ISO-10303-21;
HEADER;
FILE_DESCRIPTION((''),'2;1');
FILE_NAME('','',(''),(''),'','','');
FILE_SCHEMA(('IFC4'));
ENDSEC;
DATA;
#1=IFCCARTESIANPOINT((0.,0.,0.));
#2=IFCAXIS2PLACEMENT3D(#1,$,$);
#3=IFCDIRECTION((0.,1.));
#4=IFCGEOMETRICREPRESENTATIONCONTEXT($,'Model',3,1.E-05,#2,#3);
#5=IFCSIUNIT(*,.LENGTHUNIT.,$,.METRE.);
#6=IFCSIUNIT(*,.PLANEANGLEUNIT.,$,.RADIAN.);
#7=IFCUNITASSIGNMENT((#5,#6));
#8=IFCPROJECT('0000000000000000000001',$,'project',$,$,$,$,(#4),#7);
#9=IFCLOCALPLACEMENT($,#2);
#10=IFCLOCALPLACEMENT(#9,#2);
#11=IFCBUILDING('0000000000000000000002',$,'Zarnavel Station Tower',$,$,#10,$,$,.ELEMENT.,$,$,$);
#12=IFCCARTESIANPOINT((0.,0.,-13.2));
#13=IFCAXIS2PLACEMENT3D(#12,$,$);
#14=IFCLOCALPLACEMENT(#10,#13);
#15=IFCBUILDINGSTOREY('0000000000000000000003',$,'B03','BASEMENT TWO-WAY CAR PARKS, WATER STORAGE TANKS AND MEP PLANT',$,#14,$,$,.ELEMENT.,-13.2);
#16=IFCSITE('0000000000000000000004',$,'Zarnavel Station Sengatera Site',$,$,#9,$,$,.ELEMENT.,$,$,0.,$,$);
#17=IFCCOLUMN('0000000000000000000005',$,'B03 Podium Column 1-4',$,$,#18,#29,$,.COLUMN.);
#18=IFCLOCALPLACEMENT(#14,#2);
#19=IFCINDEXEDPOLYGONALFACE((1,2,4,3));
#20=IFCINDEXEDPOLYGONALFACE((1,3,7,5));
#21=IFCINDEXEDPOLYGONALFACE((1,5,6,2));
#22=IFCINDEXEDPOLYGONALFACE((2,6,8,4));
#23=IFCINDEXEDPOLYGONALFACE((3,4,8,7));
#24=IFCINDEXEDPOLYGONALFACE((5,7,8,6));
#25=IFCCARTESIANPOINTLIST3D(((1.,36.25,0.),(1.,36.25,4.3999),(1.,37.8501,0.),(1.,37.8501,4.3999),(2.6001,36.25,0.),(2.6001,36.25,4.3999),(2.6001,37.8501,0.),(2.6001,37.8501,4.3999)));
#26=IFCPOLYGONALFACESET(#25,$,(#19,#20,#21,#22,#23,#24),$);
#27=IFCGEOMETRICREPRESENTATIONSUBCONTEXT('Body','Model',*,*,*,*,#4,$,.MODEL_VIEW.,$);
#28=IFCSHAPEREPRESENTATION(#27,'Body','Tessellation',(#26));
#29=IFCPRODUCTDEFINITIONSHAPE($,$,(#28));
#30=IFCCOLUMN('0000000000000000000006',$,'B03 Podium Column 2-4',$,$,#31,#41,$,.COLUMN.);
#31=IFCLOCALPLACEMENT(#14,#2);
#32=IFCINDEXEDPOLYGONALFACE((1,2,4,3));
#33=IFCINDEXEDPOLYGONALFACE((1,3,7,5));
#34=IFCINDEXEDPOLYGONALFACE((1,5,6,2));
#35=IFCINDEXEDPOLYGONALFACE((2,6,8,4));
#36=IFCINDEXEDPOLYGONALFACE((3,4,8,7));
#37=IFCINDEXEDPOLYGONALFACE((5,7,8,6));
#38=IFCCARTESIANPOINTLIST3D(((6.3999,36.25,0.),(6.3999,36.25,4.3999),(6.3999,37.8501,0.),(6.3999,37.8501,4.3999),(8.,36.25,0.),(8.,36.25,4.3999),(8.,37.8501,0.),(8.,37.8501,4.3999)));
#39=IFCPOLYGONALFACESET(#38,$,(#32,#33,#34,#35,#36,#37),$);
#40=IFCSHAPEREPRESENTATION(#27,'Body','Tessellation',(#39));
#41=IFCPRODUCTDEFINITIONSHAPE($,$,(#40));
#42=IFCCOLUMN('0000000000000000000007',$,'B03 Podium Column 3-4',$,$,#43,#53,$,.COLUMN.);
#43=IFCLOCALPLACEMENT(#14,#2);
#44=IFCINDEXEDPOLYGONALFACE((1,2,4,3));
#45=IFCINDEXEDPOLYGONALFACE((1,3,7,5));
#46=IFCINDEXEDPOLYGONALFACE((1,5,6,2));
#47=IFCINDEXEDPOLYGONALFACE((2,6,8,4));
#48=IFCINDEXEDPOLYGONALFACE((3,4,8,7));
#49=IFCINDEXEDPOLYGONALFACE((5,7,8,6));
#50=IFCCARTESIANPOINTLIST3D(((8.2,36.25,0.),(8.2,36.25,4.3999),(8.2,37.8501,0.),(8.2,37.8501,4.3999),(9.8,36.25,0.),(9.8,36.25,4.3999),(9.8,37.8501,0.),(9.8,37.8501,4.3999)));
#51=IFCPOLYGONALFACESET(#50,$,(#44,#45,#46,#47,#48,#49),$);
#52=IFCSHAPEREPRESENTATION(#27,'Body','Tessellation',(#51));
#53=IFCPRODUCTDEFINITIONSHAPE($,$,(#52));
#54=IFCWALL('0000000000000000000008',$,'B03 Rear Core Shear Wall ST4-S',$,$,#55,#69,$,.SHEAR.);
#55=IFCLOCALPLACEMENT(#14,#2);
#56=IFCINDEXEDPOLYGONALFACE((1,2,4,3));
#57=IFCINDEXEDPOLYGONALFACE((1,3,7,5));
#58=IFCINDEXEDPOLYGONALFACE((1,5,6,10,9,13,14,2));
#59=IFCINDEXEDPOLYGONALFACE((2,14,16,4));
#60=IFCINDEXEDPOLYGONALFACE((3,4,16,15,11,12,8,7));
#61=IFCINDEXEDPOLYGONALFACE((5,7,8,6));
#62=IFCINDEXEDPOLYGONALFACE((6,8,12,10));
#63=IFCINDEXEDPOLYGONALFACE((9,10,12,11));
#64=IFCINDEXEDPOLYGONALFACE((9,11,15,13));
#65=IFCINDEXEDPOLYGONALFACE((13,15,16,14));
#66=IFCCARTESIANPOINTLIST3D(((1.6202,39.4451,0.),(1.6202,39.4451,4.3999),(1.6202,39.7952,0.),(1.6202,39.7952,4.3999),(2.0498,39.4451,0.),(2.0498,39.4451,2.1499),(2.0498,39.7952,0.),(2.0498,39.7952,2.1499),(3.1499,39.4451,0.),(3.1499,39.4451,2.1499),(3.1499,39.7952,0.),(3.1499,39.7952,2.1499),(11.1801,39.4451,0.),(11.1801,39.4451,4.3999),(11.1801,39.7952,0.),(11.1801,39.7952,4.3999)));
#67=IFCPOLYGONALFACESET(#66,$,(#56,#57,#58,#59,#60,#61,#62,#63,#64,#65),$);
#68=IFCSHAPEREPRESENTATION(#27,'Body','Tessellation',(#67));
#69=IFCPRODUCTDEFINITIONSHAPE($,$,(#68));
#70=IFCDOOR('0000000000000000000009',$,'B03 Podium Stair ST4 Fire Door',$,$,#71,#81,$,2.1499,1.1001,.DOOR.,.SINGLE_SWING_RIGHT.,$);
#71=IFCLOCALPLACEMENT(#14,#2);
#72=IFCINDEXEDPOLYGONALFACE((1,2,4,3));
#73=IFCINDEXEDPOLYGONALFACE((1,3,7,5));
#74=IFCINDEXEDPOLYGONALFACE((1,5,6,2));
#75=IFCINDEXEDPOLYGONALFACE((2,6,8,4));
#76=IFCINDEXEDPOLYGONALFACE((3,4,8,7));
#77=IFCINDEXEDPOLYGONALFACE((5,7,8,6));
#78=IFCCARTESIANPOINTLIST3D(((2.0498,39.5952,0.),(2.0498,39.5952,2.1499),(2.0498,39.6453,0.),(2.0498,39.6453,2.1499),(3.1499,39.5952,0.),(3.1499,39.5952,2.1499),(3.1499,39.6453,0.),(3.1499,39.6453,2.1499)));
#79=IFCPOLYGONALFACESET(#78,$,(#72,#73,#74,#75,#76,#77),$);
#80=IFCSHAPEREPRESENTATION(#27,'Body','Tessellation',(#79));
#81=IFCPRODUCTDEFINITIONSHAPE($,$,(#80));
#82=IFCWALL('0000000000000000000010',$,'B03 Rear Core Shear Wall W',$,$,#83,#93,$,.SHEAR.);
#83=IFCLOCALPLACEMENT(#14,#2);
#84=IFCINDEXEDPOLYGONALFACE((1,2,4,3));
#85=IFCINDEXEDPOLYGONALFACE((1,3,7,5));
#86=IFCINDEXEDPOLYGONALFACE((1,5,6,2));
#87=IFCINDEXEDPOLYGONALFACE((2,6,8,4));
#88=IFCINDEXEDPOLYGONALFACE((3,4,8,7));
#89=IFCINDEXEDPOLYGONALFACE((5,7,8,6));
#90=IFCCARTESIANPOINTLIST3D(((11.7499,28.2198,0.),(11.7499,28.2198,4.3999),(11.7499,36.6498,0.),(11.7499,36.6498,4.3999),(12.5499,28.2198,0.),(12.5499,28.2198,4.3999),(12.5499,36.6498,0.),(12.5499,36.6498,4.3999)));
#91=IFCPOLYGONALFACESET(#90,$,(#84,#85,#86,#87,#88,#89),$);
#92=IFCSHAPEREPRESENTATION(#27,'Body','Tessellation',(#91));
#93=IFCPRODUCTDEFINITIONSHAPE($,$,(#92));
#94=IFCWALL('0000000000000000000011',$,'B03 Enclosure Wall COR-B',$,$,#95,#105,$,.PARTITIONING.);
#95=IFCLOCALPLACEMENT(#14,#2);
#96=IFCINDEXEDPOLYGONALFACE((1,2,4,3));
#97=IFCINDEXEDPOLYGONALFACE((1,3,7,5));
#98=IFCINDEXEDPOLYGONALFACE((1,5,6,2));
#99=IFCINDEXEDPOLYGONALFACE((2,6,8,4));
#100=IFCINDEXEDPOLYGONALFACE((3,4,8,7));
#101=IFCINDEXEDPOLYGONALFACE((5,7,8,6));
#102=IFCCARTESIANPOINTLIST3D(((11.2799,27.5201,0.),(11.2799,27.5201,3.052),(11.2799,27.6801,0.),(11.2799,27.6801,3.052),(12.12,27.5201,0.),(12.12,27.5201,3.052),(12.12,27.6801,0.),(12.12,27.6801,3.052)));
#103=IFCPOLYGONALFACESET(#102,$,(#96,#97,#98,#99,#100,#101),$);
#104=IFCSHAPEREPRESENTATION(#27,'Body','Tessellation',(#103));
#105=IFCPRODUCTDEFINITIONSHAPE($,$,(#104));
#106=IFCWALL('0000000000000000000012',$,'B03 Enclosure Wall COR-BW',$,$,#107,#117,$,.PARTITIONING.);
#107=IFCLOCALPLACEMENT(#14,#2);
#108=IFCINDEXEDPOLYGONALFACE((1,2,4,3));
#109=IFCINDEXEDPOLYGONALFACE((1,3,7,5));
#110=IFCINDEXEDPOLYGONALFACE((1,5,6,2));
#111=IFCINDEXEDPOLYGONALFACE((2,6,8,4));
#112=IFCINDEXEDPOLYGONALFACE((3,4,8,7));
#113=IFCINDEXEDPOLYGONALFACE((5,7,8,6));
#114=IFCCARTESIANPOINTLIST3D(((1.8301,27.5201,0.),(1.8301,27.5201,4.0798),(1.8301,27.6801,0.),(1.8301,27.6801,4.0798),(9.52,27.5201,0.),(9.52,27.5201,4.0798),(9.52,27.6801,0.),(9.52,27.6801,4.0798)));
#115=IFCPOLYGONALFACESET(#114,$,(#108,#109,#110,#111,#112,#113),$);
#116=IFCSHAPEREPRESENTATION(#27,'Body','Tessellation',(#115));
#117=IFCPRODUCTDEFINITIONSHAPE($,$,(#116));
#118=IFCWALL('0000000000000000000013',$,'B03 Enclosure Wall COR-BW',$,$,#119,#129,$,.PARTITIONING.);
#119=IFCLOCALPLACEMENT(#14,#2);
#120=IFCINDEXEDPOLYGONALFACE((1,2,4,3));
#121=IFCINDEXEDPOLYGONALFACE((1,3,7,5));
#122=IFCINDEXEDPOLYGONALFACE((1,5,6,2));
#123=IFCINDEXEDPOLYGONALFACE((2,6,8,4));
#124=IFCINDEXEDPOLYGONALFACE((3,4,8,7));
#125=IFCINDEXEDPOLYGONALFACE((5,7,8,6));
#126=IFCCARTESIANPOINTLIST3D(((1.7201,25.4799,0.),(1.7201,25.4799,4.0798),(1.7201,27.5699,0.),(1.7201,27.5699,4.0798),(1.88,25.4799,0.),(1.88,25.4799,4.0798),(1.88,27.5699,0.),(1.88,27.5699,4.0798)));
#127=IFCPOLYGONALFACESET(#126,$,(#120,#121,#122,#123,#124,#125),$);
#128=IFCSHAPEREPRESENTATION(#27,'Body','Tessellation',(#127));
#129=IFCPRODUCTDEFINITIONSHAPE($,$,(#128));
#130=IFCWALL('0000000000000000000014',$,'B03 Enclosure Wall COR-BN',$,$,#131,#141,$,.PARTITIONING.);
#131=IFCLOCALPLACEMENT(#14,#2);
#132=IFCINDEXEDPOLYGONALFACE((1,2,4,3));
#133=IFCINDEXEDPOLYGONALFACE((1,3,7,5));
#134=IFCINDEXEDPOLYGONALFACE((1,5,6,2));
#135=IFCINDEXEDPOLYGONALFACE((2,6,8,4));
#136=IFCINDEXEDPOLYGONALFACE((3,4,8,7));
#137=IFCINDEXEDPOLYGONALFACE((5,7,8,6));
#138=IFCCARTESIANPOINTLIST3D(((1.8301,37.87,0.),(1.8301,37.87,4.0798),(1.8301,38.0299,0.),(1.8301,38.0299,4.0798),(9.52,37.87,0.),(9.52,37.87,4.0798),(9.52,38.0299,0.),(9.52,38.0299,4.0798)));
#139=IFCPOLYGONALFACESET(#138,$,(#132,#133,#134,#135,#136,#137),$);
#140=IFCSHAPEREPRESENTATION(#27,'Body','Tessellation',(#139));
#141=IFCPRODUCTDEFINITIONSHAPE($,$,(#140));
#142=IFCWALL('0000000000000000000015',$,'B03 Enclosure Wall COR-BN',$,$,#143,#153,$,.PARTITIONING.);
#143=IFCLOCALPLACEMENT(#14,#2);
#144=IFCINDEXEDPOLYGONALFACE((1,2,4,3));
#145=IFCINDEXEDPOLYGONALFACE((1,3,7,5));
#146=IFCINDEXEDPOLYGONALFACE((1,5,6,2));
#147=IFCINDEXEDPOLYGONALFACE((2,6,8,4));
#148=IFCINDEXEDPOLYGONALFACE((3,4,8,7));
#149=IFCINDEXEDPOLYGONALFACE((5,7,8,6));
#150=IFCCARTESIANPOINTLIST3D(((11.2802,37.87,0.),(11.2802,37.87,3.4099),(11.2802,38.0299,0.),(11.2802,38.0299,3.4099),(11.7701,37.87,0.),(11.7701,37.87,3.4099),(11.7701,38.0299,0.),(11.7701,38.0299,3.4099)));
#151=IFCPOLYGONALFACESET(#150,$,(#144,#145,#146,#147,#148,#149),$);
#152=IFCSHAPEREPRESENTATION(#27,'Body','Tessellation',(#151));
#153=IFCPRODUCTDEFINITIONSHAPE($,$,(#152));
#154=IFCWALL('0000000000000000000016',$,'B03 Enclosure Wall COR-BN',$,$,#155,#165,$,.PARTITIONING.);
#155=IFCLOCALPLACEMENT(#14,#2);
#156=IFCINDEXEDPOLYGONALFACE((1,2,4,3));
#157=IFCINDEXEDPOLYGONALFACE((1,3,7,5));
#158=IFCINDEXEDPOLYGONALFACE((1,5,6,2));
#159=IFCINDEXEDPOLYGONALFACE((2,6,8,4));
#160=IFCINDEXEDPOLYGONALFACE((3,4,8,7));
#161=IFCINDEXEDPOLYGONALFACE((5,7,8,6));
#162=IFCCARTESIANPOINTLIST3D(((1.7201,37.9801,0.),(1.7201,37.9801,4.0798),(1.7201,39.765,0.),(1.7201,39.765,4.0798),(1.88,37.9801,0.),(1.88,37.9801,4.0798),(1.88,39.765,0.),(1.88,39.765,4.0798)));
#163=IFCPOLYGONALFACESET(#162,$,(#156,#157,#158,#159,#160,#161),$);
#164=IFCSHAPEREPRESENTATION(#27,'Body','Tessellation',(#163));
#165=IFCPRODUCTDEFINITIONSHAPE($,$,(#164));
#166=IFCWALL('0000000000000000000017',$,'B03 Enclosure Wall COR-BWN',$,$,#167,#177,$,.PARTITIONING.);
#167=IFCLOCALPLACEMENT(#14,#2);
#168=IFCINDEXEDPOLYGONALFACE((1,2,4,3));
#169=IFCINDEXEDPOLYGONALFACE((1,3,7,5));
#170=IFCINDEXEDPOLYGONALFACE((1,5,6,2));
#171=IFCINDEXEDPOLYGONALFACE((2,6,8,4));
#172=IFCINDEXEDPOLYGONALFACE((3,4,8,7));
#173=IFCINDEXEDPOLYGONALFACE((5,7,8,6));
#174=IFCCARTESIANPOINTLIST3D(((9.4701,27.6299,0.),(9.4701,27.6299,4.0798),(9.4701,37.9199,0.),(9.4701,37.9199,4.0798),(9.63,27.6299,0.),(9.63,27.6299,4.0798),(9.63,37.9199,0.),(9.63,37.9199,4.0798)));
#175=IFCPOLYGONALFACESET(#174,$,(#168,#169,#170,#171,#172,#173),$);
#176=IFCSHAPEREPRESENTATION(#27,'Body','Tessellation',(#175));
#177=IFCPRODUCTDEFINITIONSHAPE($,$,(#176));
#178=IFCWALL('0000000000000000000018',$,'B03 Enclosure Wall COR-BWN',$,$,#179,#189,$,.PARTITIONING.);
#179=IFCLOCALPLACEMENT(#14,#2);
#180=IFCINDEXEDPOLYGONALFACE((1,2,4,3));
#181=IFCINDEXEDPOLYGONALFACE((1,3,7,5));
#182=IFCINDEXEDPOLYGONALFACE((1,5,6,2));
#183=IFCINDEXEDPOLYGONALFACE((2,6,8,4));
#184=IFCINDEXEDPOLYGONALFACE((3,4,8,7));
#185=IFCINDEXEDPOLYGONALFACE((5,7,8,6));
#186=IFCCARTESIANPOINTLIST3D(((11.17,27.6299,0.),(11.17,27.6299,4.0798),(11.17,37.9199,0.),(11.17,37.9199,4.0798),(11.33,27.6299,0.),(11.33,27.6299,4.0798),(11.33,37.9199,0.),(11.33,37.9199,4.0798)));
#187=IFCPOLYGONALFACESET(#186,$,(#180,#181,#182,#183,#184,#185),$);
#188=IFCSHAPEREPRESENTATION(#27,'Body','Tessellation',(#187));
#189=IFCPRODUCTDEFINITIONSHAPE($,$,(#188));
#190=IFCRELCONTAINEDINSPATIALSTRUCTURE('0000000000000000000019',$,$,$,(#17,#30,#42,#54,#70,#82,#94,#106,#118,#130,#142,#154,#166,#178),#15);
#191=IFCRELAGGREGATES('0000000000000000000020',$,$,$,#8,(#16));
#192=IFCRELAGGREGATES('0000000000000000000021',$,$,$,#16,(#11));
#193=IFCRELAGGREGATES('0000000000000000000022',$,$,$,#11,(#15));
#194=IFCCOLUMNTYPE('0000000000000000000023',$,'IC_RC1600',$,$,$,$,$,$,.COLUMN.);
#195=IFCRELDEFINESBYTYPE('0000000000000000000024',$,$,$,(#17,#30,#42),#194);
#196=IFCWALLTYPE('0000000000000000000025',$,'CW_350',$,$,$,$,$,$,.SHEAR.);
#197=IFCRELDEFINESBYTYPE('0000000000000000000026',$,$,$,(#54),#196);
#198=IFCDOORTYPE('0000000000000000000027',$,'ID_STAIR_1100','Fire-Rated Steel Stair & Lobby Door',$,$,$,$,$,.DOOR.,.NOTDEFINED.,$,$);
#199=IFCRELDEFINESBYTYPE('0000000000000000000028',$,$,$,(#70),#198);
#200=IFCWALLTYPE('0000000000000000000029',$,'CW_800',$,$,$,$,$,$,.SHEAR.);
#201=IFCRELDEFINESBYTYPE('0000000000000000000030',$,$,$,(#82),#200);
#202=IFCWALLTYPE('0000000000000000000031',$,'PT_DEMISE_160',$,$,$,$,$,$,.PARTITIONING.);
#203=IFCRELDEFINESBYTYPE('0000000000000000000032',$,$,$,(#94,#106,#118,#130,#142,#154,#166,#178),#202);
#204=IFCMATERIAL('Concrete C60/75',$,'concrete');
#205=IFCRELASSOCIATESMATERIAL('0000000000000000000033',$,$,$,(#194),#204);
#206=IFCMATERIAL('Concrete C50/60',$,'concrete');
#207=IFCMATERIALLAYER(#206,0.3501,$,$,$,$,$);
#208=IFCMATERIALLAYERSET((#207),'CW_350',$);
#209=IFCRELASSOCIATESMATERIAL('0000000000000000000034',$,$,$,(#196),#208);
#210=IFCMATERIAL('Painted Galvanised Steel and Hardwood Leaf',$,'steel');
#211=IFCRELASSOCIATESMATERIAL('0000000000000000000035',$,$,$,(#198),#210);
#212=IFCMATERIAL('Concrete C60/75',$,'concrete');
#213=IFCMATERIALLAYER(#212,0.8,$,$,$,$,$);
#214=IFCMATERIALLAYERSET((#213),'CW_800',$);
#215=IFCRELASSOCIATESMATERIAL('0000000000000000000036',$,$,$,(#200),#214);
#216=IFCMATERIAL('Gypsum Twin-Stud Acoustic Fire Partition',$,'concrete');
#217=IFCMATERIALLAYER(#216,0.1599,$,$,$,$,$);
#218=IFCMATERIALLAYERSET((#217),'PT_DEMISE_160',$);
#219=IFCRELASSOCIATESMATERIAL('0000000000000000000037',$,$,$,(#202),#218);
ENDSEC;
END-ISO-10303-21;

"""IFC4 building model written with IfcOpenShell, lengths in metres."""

from ifc_helpers import new_model, si_unit, direction, frame, frame_2d, origin, origin_2d, place, context, subcontext, project, spatial, rectangle, extrude, material, layer, layer_set, material_profile, profile_set, type_object, element, fill, save


model = new_model("IFC4")

# Units and contexts
model_context = context("Model", 3, precision=1e-05, world=origin(), true_north=direction((0.0, 1.0)))
body_context = subcontext(model_context, "Body", "Model", "MODEL_VIEW")
ifc_project = project(units=[si_unit("LENGTHUNIT", "METRE"), si_unit("PLANEANGLEUNIT", "RADIAN")], contexts=[model_context])

# Site, building, storey
site_placement = place(None, origin())
site = spatial("IfcSite", under=ifc_project, at=site_placement, Name="Zarnavel Station Sengatera Site", CompositionType="ELEMENT", RefElevation=0.0)
building_placement = place(site_placement, origin())
building = spatial("IfcBuilding", under=site, at=building_placement, Name="Zarnavel Station Tower", CompositionType="ELEMENT")
storey_placement = place(building_placement, frame((0.0, 0.0, -13.2)))
storey = spatial("IfcBuildingStorey", under=building, at=storey_placement, Name="B03", Description="BASEMENT TWO-WAY CAR PARKS, WATER STORAGE TANKS AND MEP PLANT", CompositionType="ELEMENT", Elevation=-13.2)

# Columns
ifc_material_1 = material(Name="Concrete C60/75", Category="concrete")
ifc_material_profile_1 = material_profile(ifc_material_1, rectangle(XDim=1.6001, YDim=1.6001, at=origin_2d()), Name="RC1600x1600")
ifc_profile_set_1 = profile_set([ifc_material_profile_1], Name="Concrete C60/75")
column_type = type_object("IfcColumnType", Name="IC_RC1600", PredefinedType="COLUMN", material=ifc_profile_set_1)
for number, where, z_axis, x_axis, name in (
    (1, (1.8, 37.05, 0.0), (0.0, 0.0, 1.0), (1.0, 0.0, 0.0), "B03 Podium Column 1-4"),
    (2, (7.2, 37.05, 0.0), (0.0, 0.0, 1.0), (1.0, 0.0, 0.0), "B03 Podium Column 2-4"),
    (3, (9.0, 37.05, 0.0), (0.0, 0.0, 1.0), (1.0, 0.0, 0.0), "B03 Podium Column 3-4"),
):
    element("IfcColumn", number, at=place(storey_placement, frame(where, z_axis=z_axis, x_axis=x_axis)), inside=storey, type_object=column_type, Name=name, PredefinedType="COLUMN", context=body_context, shape_type="SweptSolid", body=[
        extrude(rectangle(XDim=1.6001, YDim=1.6001, at=origin_2d()), origin(), (0.0, 0.0, 1.0), 4.3999),
    ])

# Wall, opening, door
ifc_material_2 = material(Name="Concrete C50/60", Category="concrete")
ifc_layer_1 = layer(ifc_material_2, 0.3501)
ifc_layer_set_1 = layer_set([ifc_layer_1], Name="CW_350")
wall_type_1 = type_object("IfcWallType", Name="CW_350", PredefinedType="SHEAR", material=ifc_layer_set_1)
wall_1_placement = place(storey_placement, frame((11.1799, 39.6201, 0.0), z_axis=(0.0, 0.0, 1.0), x_axis=(-1.0, 0.0, 0.0)))
wall_1 = element("IfcWall", 4, at=wall_1_placement, inside=storey, type_object=wall_type_1, Name="B03 Rear Core Shear Wall ST4-S", PredefinedType="SHEAR", context=body_context, shape_type="SweptSolid", body=[
    extrude(rectangle(XDim=9.5598, YDim=0.3501, at=frame_2d((4.7798, 0.0))), origin(), (0.0, 0.0, 1.0), 4.3999),
])
opening_1_placement = place(wall_1_placement, frame((8.03, 0.0, 0.0)))
opening_1 = element("IfcOpeningElement", 5, at=opening_1_placement, cuts=wall_1, PredefinedType="OPENING", context=body_context, shape_type="SweptSolid", body=[
    extrude(rectangle(XDim=1.1001, YDim=2.1499, at=frame_2d((0.55, 1.075))), frame((0.0, 0.1851, 0.0), z_axis=(0.0, -1.0, 0.0), x_axis=(1.0, 0.0, 0.0)), (0.0, 0.0, 1.0), 0.3701),
])
ifc_material_3 = material(Name="Painted Galvanised Steel and Hardwood Leaf", Category="steel")
door_type_1 = type_object("IfcDoorType", Name="ID_STAIR_1100", Description="Fire-Rated Steel Stair & Lobby Door", OperationType="NOTDEFINED", PredefinedType="DOOR", material=ifc_material_3)
door_1_placement = place(opening_1_placement, origin())
door_1 = element("IfcDoor", 6, at=door_1_placement, inside=storey, type_object=door_type_1, Name="B03 Podium Stair ST4 Fire Door", OperationType="SINGLE_SWING_RIGHT", OverallHeight=2.1499, OverallWidth=1.1001, PredefinedType="DOOR", context=body_context, shape_type="SweptSolid", body=[
    extrude(rectangle(XDim=1.1001, YDim=2.1499, at=frame_2d((0.55, 1.075))), frame((0.0, 0.0249, 0.0), z_axis=(0.0, -1.0, 0.0), x_axis=(1.0, 0.0, 0.0)), (0.0, 0.0, 1.0), 0.05),
])
fill(opening_1, door_1)

# Walls
ifc_material_4 = material(Name="Concrete C60/75", Category="concrete")
ifc_layer_2 = layer(ifc_material_4, 0.8)
ifc_layer_set_2 = layer_set([ifc_layer_2], Name="CW_800")
wall_type_2 = type_object("IfcWallType", Name="CW_800", PredefinedType="SHEAR", material=ifc_layer_set_2)
wall_2_placement = place(storey_placement, frame((12.1499, 28.22, 0.0), z_axis=(0.0, 0.0, 1.0), x_axis=(0.0, 1.0, 0.0)))
element("IfcWall", 7, at=wall_2_placement, inside=storey, type_object=wall_type_2, Name="B03 Rear Core Shear Wall W", PredefinedType="SHEAR", context=body_context, shape_type="SweptSolid", body=[
    extrude(rectangle(XDim=8.4299, YDim=0.8, at=frame_2d((4.2148, 0.0))), origin(), (0.0, 0.0, 1.0), 4.3999),
])
ifc_material_5 = material(Name="Gypsum Twin-Stud Acoustic Fire Partition", Category="concrete")
ifc_layer_3 = layer(ifc_material_5, 0.1599)
ifc_layer_set_3 = layer_set([ifc_layer_3], Name="PT_DEMISE_160")
wall_type_3 = type_object("IfcWallType", Name="PT_DEMISE_160", PredefinedType="PARTITIONING", material=ifc_layer_set_3)
wall_3_placement = place(storey_placement, frame((11.28, 27.6001, 0.0), z_axis=(0.0, 0.0, 1.0), x_axis=(1.0, 0.0, 0.0)))
element("IfcWall", 8, at=wall_3_placement, inside=storey, type_object=wall_type_3, Name="B03 Enclosure Wall COR-B", PredefinedType="PARTITIONING", context=body_context, shape_type="SweptSolid", body=[
    extrude(rectangle(XDim=0.8401, YDim=0.1599, at=frame_2d((0.4199, 0.0))), origin(), (0.0, 0.0, 1.0), 3.052),
])
wall_4_placement = place(storey_placement, frame((1.8301, 27.6001, 0.0), z_axis=(0.0, 0.0, 1.0), x_axis=(1.0, 0.0, 0.0)))
element("IfcWall", 9, at=wall_4_placement, inside=storey, type_object=wall_type_3, Name="B03 Enclosure Wall COR-BW", PredefinedType="PARTITIONING", context=body_context, shape_type="SweptSolid", body=[
    extrude(rectangle(XDim=7.6899, YDim=0.1599, at=frame_2d((3.845, 0.0))), origin(), (0.0, 0.0, 1.0), 4.0798),
])
wall_5_placement = place(storey_placement, frame((1.8, 25.48, 0.0), z_axis=(0.0, 0.0, 1.0), x_axis=(0.0, 1.0, 0.0)))
element("IfcWall", 10, at=wall_5_placement, inside=storey, type_object=wall_type_3, Name="B03 Enclosure Wall COR-BW", PredefinedType="PARTITIONING", context=body_context, shape_type="SweptSolid", body=[
    extrude(rectangle(XDim=2.0901, YDim=0.1599, at=frame_2d((1.0449, 0.0))), origin(), (0.0, 0.0, 1.0), 4.0798),
])
wall_6_placement = place(storey_placement, frame((1.8301, 37.95, 0.0), z_axis=(0.0, 0.0, 1.0), x_axis=(1.0, 0.0, 0.0)))
element("IfcWall", 11, at=wall_6_placement, inside=storey, type_object=wall_type_3, Name="B03 Enclosure Wall COR-BN", PredefinedType="PARTITIONING", context=body_context, shape_type="SweptSolid", body=[
    extrude(rectangle(XDim=7.6899, YDim=0.1599, at=frame_2d((3.845, 0.0))), origin(), (0.0, 0.0, 1.0), 4.0798),
])
wall_7_placement = place(storey_placement, frame((11.28, 37.95, 0.0), z_axis=(0.0, 0.0, 1.0), x_axis=(1.0, 0.0, 0.0)))
element("IfcWall", 12, at=wall_7_placement, inside=storey, type_object=wall_type_3, Name="B03 Enclosure Wall COR-BN", PredefinedType="PARTITIONING", context=body_context, shape_type="SweptSolid", body=[
    extrude(rectangle(XDim=0.49, YDim=0.1599, at=frame_2d((0.2451, 0.0))), origin(), (0.0, 0.0, 1.0), 3.4099),
])
wall_8_placement = place(storey_placement, frame((1.8, 37.98, 0.0), z_axis=(0.0, 0.0, 1.0), x_axis=(0.0, 1.0, 0.0)))
element("IfcWall", 13, at=wall_8_placement, inside=storey, type_object=wall_type_3, Name="B03 Enclosure Wall COR-BN", PredefinedType="PARTITIONING", context=body_context, shape_type="SweptSolid", body=[
    extrude(rectangle(XDim=1.7849, YDim=0.1599, at=frame_2d((0.8926, 0.0))), origin(), (0.0, 0.0, 1.0), 4.0798),
])
for number, where, z_axis, x_axis, name in (
    (14, (9.55, 27.6299, 0.0), (0.0, 0.0, 1.0), (0.0, 1.0, 0.0), "B03 Enclosure Wall COR-BWN"),
    (15, (11.25, 27.6299, 0.0), (0.0, 0.0, 1.0), (0.0, 1.0, 0.0), "B03 Enclosure Wall COR-BWN"),
):
    element("IfcWall", number, at=place(storey_placement, frame(where, z_axis=z_axis, x_axis=x_axis)), inside=storey, type_object=wall_type_3, Name=name, PredefinedType="PARTITIONING", context=body_context, shape_type="SweptSolid", body=[
        extrude(rectangle(XDim=10.29, YDim=0.1599, at=frame_2d((5.145, 0.0))), origin(), (0.0, 0.0, 1.0), 4.0798),
    ])

save(model, "model.ifc")
